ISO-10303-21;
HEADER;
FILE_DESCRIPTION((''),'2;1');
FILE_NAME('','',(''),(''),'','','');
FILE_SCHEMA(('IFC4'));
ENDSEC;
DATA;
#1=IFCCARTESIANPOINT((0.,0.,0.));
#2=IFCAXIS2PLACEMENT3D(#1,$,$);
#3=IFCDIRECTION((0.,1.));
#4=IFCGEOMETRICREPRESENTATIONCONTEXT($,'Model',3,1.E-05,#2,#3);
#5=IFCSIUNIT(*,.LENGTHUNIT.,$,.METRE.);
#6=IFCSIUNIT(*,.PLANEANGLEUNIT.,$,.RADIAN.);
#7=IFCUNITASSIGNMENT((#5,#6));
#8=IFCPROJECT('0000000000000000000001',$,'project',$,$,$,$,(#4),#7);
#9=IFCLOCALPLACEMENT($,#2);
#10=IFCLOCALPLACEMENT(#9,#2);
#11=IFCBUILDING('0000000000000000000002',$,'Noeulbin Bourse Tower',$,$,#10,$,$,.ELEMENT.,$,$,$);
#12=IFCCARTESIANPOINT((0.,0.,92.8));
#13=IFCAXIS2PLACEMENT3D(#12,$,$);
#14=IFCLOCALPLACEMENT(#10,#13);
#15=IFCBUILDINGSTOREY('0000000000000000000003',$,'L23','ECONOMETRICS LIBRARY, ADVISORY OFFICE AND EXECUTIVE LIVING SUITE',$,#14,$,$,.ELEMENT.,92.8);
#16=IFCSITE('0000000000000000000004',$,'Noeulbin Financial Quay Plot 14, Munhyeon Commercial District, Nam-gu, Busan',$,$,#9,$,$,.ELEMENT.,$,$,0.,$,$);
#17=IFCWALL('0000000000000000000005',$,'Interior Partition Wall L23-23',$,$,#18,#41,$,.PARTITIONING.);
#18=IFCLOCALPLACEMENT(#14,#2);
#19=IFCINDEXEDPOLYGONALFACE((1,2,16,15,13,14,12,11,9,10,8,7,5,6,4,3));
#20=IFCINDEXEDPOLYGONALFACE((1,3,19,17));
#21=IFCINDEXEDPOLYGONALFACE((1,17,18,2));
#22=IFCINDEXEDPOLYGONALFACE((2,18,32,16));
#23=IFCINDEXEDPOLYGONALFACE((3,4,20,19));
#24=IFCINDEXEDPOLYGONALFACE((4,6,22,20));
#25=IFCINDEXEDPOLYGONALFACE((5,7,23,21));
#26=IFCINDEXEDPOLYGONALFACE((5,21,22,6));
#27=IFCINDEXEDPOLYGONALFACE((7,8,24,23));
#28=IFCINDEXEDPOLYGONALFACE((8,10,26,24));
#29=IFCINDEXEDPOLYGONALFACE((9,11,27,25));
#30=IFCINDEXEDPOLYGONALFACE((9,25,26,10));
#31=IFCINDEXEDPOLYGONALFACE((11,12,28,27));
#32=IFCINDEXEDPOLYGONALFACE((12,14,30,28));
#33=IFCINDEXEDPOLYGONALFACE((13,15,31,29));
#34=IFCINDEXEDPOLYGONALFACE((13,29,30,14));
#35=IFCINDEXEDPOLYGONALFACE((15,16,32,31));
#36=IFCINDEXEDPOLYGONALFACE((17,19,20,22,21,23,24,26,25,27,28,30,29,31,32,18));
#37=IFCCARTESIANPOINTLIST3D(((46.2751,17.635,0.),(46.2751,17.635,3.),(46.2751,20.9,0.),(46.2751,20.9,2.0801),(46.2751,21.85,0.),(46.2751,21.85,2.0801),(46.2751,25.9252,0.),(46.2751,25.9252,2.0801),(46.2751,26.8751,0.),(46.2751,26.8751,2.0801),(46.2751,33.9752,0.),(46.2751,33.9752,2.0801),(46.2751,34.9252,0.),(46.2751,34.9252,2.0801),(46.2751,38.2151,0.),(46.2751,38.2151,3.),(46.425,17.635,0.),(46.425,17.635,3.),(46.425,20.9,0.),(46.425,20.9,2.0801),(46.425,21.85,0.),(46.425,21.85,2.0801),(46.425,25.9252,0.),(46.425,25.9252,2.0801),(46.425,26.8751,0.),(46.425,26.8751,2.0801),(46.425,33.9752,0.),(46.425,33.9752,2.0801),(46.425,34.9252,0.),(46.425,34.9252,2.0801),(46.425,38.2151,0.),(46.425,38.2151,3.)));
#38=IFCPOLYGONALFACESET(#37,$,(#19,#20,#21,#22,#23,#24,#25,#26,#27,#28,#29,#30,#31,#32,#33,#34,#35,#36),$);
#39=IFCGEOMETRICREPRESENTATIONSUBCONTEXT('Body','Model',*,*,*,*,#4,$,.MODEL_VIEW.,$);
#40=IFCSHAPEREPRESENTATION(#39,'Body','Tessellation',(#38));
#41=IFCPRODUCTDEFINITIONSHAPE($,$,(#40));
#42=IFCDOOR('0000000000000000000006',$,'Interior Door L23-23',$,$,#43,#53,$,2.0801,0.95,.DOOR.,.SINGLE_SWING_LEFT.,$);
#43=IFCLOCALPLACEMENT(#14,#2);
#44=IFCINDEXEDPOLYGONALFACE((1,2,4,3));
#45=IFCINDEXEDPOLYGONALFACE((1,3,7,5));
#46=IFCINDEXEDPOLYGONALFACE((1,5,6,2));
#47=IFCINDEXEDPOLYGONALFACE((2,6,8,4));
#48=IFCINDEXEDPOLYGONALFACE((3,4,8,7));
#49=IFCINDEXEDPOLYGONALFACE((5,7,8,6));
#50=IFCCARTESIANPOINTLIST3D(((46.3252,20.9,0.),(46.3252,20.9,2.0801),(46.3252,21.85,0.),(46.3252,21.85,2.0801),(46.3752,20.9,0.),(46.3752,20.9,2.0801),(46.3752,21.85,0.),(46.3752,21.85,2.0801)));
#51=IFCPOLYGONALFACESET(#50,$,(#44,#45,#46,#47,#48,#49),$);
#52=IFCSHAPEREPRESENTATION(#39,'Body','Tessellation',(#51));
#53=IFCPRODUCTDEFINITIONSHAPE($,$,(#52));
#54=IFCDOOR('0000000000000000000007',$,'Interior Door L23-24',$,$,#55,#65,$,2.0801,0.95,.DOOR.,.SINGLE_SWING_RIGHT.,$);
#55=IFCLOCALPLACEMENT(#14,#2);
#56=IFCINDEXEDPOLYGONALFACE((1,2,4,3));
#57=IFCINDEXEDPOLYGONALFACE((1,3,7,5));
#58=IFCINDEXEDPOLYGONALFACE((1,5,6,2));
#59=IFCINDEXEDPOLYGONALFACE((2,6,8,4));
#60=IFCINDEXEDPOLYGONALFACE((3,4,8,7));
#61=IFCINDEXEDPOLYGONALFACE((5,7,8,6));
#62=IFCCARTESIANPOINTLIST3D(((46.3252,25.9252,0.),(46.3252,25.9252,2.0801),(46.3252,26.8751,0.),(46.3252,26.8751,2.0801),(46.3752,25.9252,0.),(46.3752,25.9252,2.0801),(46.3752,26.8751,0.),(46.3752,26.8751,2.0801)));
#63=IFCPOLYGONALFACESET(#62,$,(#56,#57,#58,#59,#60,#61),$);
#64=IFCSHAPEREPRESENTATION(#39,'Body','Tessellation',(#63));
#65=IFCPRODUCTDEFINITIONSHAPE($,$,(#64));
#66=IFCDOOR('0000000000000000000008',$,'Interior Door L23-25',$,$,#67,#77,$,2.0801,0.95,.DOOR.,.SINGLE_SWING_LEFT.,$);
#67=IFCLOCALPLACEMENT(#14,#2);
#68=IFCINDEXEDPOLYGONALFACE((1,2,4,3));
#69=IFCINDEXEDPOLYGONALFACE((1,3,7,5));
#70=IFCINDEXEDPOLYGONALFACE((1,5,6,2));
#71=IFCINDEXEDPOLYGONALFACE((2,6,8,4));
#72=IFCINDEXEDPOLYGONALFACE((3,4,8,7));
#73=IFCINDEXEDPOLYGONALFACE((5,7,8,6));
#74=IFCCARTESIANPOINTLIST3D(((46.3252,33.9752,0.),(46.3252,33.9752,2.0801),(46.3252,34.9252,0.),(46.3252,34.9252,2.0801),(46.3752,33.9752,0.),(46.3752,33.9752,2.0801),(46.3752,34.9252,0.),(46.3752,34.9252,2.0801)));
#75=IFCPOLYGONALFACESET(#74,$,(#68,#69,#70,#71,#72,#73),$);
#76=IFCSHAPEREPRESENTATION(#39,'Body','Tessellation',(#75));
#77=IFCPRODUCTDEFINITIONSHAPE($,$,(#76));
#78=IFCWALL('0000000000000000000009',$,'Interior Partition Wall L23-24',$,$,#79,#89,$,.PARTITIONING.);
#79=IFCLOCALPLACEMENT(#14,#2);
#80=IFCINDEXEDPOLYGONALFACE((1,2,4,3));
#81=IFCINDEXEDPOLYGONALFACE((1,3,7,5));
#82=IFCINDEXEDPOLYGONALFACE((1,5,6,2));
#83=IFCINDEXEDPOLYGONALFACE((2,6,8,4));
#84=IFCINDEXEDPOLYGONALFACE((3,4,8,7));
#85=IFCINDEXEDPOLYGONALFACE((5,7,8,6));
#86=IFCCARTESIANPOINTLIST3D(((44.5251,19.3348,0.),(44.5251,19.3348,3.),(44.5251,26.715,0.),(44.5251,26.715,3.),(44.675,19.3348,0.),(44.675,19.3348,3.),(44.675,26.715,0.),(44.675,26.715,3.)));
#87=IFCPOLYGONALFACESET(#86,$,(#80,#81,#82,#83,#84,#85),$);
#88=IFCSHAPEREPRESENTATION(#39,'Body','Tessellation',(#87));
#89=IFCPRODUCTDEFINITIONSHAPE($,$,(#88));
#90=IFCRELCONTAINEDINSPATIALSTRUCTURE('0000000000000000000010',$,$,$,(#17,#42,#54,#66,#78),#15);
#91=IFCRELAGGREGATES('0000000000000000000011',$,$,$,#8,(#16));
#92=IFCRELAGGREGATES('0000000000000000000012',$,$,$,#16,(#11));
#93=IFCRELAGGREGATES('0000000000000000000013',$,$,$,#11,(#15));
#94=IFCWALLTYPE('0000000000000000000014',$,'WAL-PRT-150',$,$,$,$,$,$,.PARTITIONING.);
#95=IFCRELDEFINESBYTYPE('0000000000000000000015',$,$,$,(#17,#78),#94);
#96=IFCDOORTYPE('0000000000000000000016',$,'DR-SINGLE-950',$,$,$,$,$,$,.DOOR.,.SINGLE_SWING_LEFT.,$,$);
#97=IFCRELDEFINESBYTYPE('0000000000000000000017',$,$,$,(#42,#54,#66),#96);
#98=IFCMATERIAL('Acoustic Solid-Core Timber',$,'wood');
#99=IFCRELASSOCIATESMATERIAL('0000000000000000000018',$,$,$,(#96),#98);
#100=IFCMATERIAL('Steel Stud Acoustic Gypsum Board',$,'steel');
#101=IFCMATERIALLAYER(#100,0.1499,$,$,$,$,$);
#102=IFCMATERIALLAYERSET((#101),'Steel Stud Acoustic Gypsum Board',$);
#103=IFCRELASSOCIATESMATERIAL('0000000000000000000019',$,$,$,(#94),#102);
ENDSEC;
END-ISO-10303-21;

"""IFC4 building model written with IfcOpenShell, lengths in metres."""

from ifc_helpers import new_model, si_unit, direction, frame, frame_2d, origin, place, context, subcontext, project, spatial, rectangle, extrude, material, layer, layer_set, type_object, element, fill, save


model = new_model("IFC4")

# Units and contexts
model_context = context("Model", 3, precision=1e-05, world=origin(), true_north=direction((0.0, 1.0)))
body_context = subcontext(model_context, "Body", "Model", "MODEL_VIEW")
ifc_project = project(units=[si_unit("LENGTHUNIT", "METRE"), si_unit("PLANEANGLEUNIT", "RADIAN")], contexts=[model_context])

# Site, building, storey
site_placement = place(None, origin())
site = spatial("IfcSite", under=ifc_project, at=site_placement, Name="Noeulbin Financial Quay Plot 14, Munhyeon Commercial District, Nam-gu, Busan", CompositionType="ELEMENT", RefElevation=0.0)
building_placement = place(site_placement, origin())
building = spatial("IfcBuilding", under=site, at=building_placement, Name="Noeulbin Bourse Tower", CompositionType="ELEMENT")
storey_placement = place(building_placement, frame((0.0, 0.0, 92.8)))
storey = spatial("IfcBuildingStorey", under=building, at=storey_placement, Name="L23", Description="ECONOMETRICS LIBRARY, ADVISORY OFFICE AND EXECUTIVE LIVING SUITE", CompositionType="ELEMENT", Elevation=92.8)

# Shared definitions
ifc_material_1 = material(Name="Acoustic Solid-Core Timber", Category="wood")
door_type = type_object("IfcDoorType", Name="DR-SINGLE-950", OperationType="SINGLE_SWING_LEFT", PredefinedType="DOOR", material=ifc_material_1)

# Wall, openings, doors
ifc_material_2 = material(Name="Steel Stud Acoustic Gypsum Board", Category="steel")
ifc_layer_1 = layer(ifc_material_2, 0.1499)
ifc_layer_set_1 = layer_set([ifc_layer_1], Name="Steel Stud Acoustic Gypsum Board")
wall_type_1 = type_object("IfcWallType", Name="WAL-PRT-150", PredefinedType="PARTITIONING", material=ifc_layer_set_1)
wall_1_placement = place(storey_placement, frame((46.3501, 17.635, 0.0), z_axis=(0.0, 0.0, 1.0), x_axis=(0.0, 1.0, 0.0)))
wall_1 = element("IfcWall", 1, at=wall_1_placement, inside=storey, type_object=wall_type_1, Name="Interior Partition Wall L23-23", PredefinedType="PARTITIONING", context=body_context, shape_type="SweptSolid", body=[
    extrude(rectangle(XDim=20.5801, YDim=0.1499, at=frame_2d((10.29, 0.0))), origin(), (0.0, 0.0, 1.0), 3.0),
])
opening_1_placement = place(wall_1_placement, frame((3.2649, 0.0, 0.0)))
opening_1 = element("IfcOpeningElement", 2, at=opening_1_placement, cuts=wall_1, PredefinedType="OPENING", context=body_context, shape_type="SweptSolid", body=[
    extrude(rectangle(XDim=0.95, YDim=2.0801, at=frame_2d((0.4751, 1.04))), frame((0.0, 0.085, 0.0), z_axis=(0.0, -1.0, 0.0), x_axis=(1.0, 0.0, 0.0)), (0.0, 0.0, 1.0), 0.1699),
])
opening_2_placement = place(wall_1_placement, frame((8.29, 0.0, 0.0)))
opening_2 = element("IfcOpeningElement", 3, at=opening_2_placement, cuts=wall_1, PredefinedType="OPENING", context=body_context, shape_type="SweptSolid", body=[
    extrude(rectangle(XDim=0.95, YDim=2.0801, at=frame_2d((0.4751, 1.04))), frame((0.0, 0.085, 0.0), z_axis=(0.0, -1.0, 0.0), x_axis=(1.0, 0.0, 0.0)), (0.0, 0.0, 1.0), 0.1699),
])
opening_3_placement = place(wall_1_placement, frame((16.3401, 0.0, 0.0)))
opening_3 = element("IfcOpeningElement", 4, at=opening_3_placement, cuts=wall_1, PredefinedType="OPENING", context=body_context, shape_type="SweptSolid", body=[
    extrude(rectangle(XDim=0.95, YDim=2.0801, at=frame_2d((0.4751, 1.04))), frame((0.0, 0.085, 0.0), z_axis=(0.0, -1.0, 0.0), x_axis=(1.0, 0.0, 0.0)), (0.0, 0.0, 1.0), 0.1699),
])
door_1_placement = place(opening_1_placement, origin())
door_1 = element("IfcDoor", 5, at=door_1_placement, inside=storey, type_object=door_type, Name="Interior Door L23-23", OperationType="SINGLE_SWING_LEFT", OverallHeight=2.0801, OverallWidth=0.95, PredefinedType="DOOR", context=body_context, shape_type="SweptSolid", body=[
    extrude(rectangle(XDim=0.95, YDim=2.0801, at=frame_2d((0.4751, 1.04))), frame((0.0, 0.0249, 0.0), z_axis=(0.0, -1.0, 0.0), x_axis=(1.0, 0.0, 0.0)), (0.0, 0.0, 1.0), 0.05),
])
fill(opening_1, door_1)
door_2_placement = place(opening_2_placement, origin())
door_2 = element("IfcDoor", 6, at=door_2_placement, inside=storey, type_object=door_type, Name="Interior Door L23-24", OperationType="SINGLE_SWING_RIGHT", OverallHeight=2.0801, OverallWidth=0.95, PredefinedType="DOOR", context=body_context, shape_type="SweptSolid", body=[
    extrude(rectangle(XDim=0.95, YDim=2.0801, at=frame_2d((0.4751, 1.04))), frame((0.0, 0.0249, 0.0), z_axis=(0.0, -1.0, 0.0), x_axis=(1.0, 0.0, 0.0)), (0.0, 0.0, 1.0), 0.05),
])
fill(opening_2, door_2)
door_3_placement = place(opening_3_placement, origin())
door_3 = element("IfcDoor", 7, at=door_3_placement, inside=storey, type_object=door_type, Name="Interior Door L23-25", OperationType="SINGLE_SWING_LEFT", OverallHeight=2.0801, OverallWidth=0.95, PredefinedType="DOOR", context=body_context, shape_type="SweptSolid", body=[
    extrude(rectangle(XDim=0.95, YDim=2.0801, at=frame_2d((0.4751, 1.04))), frame((0.0, 0.0249, 0.0), z_axis=(0.0, -1.0, 0.0), x_axis=(1.0, 0.0, 0.0)), (0.0, 0.0, 1.0), 0.05),
])
fill(opening_3, door_3)

# Wall
wall_2_placement = place(storey_placement, frame((44.6001, 19.335, 0.0), z_axis=(0.0, 0.0, 1.0), x_axis=(0.0, 1.0, 0.0)))
element("IfcWall", 8, at=wall_2_placement, inside=storey, type_object=wall_type_1, Name="Interior Partition Wall L23-24", PredefinedType="PARTITIONING", context=body_context, shape_type="SweptSolid", body=[
    extrude(rectangle(XDim=7.3801, YDim=0.1499, at=frame_2d((3.6899, 0.0))), origin(), (0.0, 0.0, 1.0), 3.0),
])

save(model, "model.ifc")
